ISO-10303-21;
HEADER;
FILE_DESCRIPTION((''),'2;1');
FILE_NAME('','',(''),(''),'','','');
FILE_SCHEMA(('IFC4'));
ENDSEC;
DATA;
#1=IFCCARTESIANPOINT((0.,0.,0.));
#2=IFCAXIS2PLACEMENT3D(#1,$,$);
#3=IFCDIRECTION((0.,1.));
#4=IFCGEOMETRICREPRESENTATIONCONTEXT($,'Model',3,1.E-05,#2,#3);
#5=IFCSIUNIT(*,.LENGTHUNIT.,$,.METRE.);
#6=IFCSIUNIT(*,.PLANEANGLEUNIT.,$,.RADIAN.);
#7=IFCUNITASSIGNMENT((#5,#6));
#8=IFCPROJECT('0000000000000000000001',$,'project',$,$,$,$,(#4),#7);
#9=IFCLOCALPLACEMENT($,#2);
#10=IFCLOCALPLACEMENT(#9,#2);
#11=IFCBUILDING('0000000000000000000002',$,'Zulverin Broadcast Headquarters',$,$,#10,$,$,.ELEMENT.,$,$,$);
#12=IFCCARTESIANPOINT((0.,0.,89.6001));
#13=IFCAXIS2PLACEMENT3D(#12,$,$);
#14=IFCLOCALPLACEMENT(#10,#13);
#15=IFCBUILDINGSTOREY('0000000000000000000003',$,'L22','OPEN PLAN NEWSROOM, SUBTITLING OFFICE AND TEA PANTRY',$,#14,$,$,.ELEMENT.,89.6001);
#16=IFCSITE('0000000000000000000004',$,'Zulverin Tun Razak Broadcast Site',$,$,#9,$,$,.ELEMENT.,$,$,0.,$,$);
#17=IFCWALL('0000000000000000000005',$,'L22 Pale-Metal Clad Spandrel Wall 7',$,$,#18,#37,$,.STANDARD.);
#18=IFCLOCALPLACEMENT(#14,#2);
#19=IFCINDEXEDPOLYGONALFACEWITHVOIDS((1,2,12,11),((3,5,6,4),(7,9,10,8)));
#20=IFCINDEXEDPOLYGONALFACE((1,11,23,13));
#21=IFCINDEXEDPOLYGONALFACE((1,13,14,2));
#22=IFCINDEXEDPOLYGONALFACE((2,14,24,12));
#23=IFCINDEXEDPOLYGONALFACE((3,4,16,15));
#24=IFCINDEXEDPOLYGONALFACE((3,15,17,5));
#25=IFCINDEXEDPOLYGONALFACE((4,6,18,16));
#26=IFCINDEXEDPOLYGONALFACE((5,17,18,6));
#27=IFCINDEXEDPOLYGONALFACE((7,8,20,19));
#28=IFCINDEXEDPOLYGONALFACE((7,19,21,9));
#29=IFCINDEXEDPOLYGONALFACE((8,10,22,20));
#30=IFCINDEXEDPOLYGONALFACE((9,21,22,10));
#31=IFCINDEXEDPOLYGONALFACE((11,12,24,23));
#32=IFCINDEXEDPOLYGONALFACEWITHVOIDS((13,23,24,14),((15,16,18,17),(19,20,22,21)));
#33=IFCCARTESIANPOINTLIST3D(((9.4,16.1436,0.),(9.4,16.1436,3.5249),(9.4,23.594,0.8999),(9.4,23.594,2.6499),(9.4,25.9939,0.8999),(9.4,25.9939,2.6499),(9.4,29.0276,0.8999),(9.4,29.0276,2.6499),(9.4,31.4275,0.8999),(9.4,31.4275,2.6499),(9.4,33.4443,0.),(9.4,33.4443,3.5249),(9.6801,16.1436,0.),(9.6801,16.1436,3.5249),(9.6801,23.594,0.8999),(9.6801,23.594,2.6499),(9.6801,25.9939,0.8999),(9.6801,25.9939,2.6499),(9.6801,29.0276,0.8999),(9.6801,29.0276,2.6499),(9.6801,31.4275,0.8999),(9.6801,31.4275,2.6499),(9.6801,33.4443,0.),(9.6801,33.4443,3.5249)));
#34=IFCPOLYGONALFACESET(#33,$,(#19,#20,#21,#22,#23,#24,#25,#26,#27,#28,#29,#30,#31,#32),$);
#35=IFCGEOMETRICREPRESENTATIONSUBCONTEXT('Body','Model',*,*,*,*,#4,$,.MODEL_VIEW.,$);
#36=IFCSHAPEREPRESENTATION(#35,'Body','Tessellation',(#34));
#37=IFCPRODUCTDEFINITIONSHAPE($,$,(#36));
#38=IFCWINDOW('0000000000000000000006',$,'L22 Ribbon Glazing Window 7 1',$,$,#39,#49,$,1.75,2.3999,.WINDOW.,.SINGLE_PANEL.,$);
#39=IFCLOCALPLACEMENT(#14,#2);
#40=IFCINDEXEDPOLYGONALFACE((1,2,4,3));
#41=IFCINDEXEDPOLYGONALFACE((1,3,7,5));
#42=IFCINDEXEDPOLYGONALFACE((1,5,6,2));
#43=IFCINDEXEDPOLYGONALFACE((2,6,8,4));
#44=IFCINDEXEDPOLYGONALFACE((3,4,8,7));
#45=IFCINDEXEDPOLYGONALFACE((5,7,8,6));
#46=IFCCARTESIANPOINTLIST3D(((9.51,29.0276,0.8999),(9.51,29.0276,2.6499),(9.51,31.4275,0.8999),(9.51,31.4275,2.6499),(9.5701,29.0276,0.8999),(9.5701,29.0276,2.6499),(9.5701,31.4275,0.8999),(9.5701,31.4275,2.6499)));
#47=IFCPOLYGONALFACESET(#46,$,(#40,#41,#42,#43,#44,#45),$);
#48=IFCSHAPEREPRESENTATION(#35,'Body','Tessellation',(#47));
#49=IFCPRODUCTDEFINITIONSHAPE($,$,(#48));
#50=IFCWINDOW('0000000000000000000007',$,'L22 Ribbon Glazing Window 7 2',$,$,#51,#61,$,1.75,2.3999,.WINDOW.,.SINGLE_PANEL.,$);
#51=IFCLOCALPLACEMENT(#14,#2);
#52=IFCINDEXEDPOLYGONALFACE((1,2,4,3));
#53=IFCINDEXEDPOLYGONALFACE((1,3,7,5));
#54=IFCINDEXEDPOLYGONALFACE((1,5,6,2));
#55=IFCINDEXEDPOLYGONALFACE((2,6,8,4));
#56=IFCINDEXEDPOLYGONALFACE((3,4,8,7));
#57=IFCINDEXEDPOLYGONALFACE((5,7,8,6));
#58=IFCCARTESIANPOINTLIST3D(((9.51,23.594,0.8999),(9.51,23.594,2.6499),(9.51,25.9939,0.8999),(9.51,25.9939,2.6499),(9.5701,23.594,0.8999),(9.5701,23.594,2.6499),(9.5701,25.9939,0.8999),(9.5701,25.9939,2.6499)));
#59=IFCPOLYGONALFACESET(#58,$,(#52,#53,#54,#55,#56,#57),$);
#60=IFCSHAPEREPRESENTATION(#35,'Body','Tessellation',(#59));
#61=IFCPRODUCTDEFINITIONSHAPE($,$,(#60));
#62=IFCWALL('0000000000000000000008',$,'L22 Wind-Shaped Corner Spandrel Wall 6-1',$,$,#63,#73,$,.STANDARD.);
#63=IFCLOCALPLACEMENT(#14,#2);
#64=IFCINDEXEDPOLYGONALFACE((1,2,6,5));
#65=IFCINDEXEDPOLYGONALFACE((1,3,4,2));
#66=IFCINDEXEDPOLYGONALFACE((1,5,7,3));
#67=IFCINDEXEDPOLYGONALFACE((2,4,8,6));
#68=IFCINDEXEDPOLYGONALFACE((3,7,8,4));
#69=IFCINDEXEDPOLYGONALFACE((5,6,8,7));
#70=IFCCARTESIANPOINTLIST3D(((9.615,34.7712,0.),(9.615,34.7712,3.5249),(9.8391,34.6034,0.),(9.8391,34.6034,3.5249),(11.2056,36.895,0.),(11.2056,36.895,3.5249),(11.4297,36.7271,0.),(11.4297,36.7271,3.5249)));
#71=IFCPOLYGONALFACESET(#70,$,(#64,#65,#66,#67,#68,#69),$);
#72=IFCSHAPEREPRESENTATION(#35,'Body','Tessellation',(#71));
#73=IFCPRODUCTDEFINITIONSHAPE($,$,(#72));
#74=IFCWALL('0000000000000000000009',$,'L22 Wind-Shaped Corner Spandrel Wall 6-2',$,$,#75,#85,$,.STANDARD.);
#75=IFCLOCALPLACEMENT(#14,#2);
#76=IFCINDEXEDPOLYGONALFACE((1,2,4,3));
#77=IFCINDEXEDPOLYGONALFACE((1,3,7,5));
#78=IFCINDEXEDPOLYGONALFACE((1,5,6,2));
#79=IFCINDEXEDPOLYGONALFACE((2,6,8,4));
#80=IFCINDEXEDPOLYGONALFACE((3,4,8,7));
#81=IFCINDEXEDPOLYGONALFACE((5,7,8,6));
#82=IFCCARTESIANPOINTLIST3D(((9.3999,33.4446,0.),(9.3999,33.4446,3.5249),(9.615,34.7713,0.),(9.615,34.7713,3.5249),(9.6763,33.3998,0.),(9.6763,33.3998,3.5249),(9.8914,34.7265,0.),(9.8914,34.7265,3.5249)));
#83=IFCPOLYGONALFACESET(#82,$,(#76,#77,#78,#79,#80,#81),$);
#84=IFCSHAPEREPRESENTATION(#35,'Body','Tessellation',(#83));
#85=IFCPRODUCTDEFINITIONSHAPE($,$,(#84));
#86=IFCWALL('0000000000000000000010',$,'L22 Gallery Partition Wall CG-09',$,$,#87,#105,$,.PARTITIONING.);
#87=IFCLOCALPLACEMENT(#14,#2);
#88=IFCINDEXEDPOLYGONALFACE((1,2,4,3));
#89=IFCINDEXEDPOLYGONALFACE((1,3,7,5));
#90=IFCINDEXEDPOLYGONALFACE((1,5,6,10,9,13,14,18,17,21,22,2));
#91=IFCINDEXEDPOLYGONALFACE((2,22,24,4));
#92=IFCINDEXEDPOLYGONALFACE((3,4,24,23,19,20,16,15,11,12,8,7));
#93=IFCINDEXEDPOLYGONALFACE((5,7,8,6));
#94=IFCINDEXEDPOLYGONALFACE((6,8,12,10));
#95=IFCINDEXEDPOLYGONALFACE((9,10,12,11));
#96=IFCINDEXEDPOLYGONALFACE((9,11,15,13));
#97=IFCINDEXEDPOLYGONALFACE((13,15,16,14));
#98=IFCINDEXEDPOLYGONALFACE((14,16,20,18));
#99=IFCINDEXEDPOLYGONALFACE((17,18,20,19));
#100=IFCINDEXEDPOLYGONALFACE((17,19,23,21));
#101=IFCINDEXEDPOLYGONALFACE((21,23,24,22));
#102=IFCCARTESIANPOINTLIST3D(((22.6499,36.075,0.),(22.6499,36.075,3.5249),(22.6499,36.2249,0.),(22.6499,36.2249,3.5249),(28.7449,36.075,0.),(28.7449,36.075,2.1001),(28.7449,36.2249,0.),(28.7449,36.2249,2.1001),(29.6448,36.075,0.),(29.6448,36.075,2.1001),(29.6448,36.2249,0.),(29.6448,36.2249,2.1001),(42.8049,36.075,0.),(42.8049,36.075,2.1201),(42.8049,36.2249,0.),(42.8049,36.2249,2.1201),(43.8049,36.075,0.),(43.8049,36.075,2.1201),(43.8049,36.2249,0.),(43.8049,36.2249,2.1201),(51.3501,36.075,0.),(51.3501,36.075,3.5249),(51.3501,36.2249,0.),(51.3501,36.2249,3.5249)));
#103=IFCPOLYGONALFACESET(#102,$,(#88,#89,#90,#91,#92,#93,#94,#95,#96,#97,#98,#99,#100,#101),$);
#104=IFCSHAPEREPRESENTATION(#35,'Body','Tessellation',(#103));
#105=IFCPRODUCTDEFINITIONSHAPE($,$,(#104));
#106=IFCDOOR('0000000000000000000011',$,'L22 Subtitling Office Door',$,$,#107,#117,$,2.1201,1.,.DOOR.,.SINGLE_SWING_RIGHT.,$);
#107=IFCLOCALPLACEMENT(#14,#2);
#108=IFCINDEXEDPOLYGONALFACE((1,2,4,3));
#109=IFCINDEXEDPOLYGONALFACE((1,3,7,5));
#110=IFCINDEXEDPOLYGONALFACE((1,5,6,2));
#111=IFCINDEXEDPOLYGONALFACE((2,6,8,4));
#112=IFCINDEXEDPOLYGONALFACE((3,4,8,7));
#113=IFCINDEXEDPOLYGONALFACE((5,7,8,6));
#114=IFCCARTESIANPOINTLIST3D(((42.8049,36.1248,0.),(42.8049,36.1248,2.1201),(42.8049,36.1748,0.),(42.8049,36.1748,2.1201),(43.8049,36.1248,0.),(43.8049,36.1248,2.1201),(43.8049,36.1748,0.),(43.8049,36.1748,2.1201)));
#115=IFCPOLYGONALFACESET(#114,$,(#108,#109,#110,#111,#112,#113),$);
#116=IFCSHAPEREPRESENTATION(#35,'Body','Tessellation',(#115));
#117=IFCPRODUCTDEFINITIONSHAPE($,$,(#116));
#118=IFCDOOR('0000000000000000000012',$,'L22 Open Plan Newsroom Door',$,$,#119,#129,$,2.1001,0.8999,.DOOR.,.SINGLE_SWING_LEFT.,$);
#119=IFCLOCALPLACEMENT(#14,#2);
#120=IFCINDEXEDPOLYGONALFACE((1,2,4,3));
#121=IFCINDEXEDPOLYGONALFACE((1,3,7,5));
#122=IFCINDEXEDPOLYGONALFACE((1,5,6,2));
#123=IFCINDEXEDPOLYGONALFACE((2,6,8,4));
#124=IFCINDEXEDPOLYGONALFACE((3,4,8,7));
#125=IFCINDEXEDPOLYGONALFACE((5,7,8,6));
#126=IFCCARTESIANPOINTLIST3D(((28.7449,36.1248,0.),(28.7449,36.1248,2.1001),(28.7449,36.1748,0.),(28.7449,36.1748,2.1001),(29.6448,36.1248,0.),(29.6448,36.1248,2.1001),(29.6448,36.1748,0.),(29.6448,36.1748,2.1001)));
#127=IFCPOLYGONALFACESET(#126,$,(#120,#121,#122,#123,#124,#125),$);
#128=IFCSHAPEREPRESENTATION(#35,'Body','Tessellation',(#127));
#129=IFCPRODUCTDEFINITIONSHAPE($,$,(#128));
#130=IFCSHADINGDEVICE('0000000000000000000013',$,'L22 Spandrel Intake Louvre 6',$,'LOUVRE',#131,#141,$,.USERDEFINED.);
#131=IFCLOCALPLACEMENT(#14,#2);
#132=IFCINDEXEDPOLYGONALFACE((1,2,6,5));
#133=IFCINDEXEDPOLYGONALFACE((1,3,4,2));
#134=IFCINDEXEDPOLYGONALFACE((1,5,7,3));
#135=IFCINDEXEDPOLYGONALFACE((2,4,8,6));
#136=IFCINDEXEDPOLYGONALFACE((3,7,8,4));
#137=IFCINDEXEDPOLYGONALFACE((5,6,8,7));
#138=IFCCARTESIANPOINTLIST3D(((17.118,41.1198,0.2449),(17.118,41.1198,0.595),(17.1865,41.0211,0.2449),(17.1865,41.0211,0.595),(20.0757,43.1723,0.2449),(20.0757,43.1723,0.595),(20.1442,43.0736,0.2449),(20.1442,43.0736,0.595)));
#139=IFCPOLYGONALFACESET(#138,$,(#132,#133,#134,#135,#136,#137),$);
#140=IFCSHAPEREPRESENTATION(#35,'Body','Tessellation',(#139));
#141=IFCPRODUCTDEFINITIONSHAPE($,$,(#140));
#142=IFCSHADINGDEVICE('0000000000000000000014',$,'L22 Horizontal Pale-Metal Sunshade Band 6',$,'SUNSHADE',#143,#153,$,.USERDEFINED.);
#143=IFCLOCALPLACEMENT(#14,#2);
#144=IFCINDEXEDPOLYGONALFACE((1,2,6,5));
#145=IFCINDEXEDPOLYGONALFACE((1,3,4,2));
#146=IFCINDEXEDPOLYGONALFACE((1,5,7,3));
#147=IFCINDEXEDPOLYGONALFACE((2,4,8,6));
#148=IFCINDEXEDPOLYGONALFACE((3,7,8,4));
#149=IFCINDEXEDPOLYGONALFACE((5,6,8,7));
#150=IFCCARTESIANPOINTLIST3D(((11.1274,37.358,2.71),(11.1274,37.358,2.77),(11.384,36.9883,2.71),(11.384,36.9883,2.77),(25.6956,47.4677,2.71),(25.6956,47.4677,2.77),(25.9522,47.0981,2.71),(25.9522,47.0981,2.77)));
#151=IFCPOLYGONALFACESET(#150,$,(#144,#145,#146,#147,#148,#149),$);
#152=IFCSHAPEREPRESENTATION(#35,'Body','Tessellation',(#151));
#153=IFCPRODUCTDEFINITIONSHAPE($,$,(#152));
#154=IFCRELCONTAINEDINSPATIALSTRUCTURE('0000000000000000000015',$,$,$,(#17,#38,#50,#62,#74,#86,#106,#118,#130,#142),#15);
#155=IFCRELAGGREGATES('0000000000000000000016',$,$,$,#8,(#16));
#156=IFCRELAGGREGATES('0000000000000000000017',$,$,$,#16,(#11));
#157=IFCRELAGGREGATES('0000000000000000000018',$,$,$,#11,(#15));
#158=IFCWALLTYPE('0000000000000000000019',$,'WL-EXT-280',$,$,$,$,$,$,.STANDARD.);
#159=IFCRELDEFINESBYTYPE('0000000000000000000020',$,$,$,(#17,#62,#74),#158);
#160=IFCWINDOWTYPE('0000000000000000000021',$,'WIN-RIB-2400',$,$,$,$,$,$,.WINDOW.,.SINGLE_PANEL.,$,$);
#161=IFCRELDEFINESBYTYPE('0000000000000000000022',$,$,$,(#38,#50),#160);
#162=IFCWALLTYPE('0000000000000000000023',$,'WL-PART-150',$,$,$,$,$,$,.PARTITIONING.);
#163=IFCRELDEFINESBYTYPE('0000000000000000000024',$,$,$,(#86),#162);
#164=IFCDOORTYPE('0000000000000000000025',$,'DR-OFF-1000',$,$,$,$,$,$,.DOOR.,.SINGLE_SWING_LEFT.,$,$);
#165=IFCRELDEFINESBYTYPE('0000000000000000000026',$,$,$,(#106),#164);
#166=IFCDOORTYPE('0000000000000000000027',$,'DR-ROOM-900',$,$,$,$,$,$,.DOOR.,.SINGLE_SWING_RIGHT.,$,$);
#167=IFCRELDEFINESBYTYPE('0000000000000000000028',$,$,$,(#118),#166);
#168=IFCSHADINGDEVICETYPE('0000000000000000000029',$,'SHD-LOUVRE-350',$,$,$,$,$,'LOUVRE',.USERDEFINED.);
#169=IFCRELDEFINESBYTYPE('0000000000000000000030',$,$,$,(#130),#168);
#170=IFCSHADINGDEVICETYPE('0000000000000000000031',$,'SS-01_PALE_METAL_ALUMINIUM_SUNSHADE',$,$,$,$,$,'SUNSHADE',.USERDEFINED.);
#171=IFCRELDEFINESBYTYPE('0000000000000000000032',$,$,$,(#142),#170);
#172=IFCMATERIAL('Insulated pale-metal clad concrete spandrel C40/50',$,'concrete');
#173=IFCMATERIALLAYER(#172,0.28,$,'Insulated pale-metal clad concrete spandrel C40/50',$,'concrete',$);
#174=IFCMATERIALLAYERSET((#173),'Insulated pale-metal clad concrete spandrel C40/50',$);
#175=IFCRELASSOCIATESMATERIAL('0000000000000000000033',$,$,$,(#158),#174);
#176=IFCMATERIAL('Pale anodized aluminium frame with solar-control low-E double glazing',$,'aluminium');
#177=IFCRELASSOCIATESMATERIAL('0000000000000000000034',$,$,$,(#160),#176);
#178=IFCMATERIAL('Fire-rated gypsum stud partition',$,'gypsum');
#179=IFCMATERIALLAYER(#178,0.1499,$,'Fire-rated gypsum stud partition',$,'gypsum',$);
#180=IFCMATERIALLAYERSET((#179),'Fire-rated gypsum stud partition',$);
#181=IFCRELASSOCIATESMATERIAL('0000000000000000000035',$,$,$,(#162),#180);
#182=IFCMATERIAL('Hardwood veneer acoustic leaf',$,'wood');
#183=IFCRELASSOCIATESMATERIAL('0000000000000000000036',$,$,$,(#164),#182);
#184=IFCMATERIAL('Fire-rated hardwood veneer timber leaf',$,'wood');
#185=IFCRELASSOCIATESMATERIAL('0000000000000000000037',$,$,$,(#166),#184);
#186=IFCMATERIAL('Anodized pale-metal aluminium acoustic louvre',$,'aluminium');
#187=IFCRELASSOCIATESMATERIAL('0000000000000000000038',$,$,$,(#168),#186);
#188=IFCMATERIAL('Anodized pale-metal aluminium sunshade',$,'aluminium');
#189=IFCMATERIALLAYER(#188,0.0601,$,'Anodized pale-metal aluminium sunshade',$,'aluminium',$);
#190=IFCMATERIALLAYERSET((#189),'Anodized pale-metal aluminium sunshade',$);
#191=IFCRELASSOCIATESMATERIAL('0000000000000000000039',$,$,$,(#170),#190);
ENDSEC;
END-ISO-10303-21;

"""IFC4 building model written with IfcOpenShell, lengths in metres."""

from ifc_helpers import new_model, si_unit, direction, frame, frame_2d, origin, origin_2d, place, context, subcontext, project, spatial, rectangle, extrude, material, layer, layer_set, type_object, element, fill, save


model = new_model("IFC4")

# Units and contexts
model_context = context("Model", 3, precision=1e-05, world=origin(), true_north=direction((0.0, 1.0)))
body_context = subcontext(model_context, "Body", "Model", "MODEL_VIEW")
ifc_project = project(units=[si_unit("LENGTHUNIT", "METRE"), si_unit("PLANEANGLEUNIT", "RADIAN")], contexts=[model_context])

# Site, building, storey
site_placement = place(None, origin())
site = spatial("IfcSite", under=ifc_project, at=site_placement, Name="Zulverin Tun Razak Broadcast Site", CompositionType="ELEMENT", RefElevation=0.0)
building_placement = place(site_placement, origin())
building = spatial("IfcBuilding", under=site, at=building_placement, Name="Zulverin Broadcast Headquarters", CompositionType="ELEMENT")
storey_placement = place(building_placement, frame((0.0, 0.0, 89.6001)))
storey = spatial("IfcBuildingStorey", under=building, at=storey_placement, Name="L22", Description="OPEN PLAN NEWSROOM, SUBTITLING OFFICE AND TEA PANTRY", CompositionType="ELEMENT", Elevation=89.6001)

# Wall, openings, windows
ifc_material_1 = material(Name="Insulated pale-metal clad concrete spandrel C40/50", Category="concrete")
ifc_layer_1 = layer(ifc_material_1, 0.28, Name="Insulated pale-metal clad concrete spandrel C40/50", Category="concrete")
ifc_layer_set_1 = layer_set([ifc_layer_1], Name="Insulated pale-metal clad concrete spandrel C40/50")
wall_type_1 = type_object("IfcWallType", Name="WL-EXT-280", PredefinedType="STANDARD", material=ifc_layer_set_1)
wall_1_placement = place(storey_placement, frame((9.54, 33.4443, 0.0), z_axis=(0.0, 0.0, 1.0), x_axis=(0.0, -1.0, 0.0)))
wall_1 = element("IfcWall", 1, at=wall_1_placement, inside=storey, type_object=wall_type_1, Name="L22 Pale-Metal Clad Spandrel Wall 7", PredefinedType="STANDARD", context=body_context, shape_type="SweptSolid", body=[
    extrude(rectangle(XDim=17.3008, YDim=0.28, at=frame_2d((8.6504, 0.0))), origin(), (0.0, 0.0, 1.0), 3.5249),
])
opening_1_placement = place(wall_1_placement, frame((2.0168, 0.0, 0.8999)))
opening_1 = element("IfcOpeningElement", 2, at=opening_1_placement, cuts=wall_1, PredefinedType="OPENING", context=body_context, shape_type="SweptSolid", body=[
    extrude(rectangle(XDim=2.3999, YDim=1.75, at=frame_2d((1.2, 0.875))), frame((0.0, 0.1499, 0.0), z_axis=(0.0, -1.0, 0.0), x_axis=(1.0, 0.0, 0.0)), (0.0, 0.0, 1.0), 0.3),
])
opening_2_placement = place(wall_1_placement, frame((7.4504, 0.0, 0.8999)))
opening_2 = element("IfcOpeningElement", 3, at=opening_2_placement, cuts=wall_1, PredefinedType="OPENING", context=body_context, shape_type="SweptSolid", body=[
    extrude(rectangle(XDim=2.3999, YDim=1.75, at=frame_2d((1.2, 0.875))), frame((0.0, 0.1499, 0.0), z_axis=(0.0, -1.0, 0.0), x_axis=(1.0, 0.0, 0.0)), (0.0, 0.0, 1.0), 0.3),
])
ifc_material_2 = material(Name="Pale anodized aluminium frame with solar-control low-E double glazing", Category="aluminium")
window_type = type_object("IfcWindowType", Name="WIN-RIB-2400", PartitioningType="SINGLE_PANEL", PredefinedType="WINDOW", material=ifc_material_2)
window_1_placement = place(opening_1_placement, origin())
window_1 = element("IfcWindow", 4, at=window_1_placement, inside=storey, type_object=window_type, Name="L22 Ribbon Glazing Window 7 1", OverallHeight=1.75, OverallWidth=2.3999, PartitioningType="SINGLE_PANEL", PredefinedType="WINDOW", context=body_context, shape_type="SweptSolid", body=[
    extrude(rectangle(XDim=2.3999, YDim=1.75, at=frame_2d((1.2, 0.875))), frame((0.0, 0.03, 0.0), z_axis=(0.0, -1.0, 0.0), x_axis=(1.0, 0.0, 0.0)), (0.0, 0.0, 1.0), 0.0601),
])
fill(opening_1, window_1)
window_2_placement = place(opening_2_placement, origin())
window_2 = element("IfcWindow", 5, at=window_2_placement, inside=storey, type_object=window_type, Name="L22 Ribbon Glazing Window 7 2", OverallHeight=1.75, OverallWidth=2.3999, PartitioningType="SINGLE_PANEL", PredefinedType="WINDOW", context=body_context, shape_type="SweptSolid", body=[
    extrude(rectangle(XDim=2.3999, YDim=1.75, at=frame_2d((1.2, 0.875))), frame((0.0, 0.03, 0.0), z_axis=(0.0, -1.0, 0.0), x_axis=(1.0, 0.0, 0.0)), (0.0, 0.0, 1.0), 0.0601),
])
fill(opening_2, window_2)

# Walls
wall_2_placement = place(storey_placement, frame((11.3176, 36.811, 0.0), z_axis=(0.0, 0.0, 1.0), x_axis=(-0.599455, -0.800408, 0.0)))
element("IfcWall", 6, at=wall_2_placement, inside=storey, type_object=wall_type_1, Name="L22 Wind-Shaped Corner Spandrel Wall 6-1", PredefinedType="STANDARD", context=body_context, shape_type="SweptSolid", body=[
    extrude(rectangle(XDim=2.6533, YDim=0.28, at=frame_2d((1.3267, 0.0))), origin(), (0.0, 0.0, 1.0), 3.5249),
])
wall_3_placement = place(storey_placement, frame((9.7532, 34.7488, 0.0), z_axis=(0.0, 0.0, 1.0), x_axis=(-0.160038, -0.987111, 0.0)))
element("IfcWall", 7, at=wall_3_placement, inside=storey, type_object=wall_type_1, Name="L22 Wind-Shaped Corner Spandrel Wall 6-2", PredefinedType="STANDARD", context=body_context, shape_type="SweptSolid", body=[
    extrude(rectangle(XDim=1.344, YDim=0.28, at=frame_2d((0.6719, 0.0))), origin(), (0.0, 0.0, 1.0), 3.5249),
])

# Wall, openings, doors
ifc_material_3 = material(Name="Fire-rated gypsum stud partition", Category="gypsum")
ifc_layer_2 = layer(ifc_material_3, 0.1499, Name="Fire-rated gypsum stud partition", Category="gypsum")
ifc_layer_set_2 = layer_set([ifc_layer_2], Name="Fire-rated gypsum stud partition")
wall_type_2 = type_object("IfcWallType", Name="WL-PART-150", PredefinedType="PARTITIONING", material=ifc_layer_set_2)
wall_4_placement = place(storey_placement, frame((22.6499, 36.1499, 0.0), z_axis=(0.0, 0.0, 1.0), x_axis=(1.0, 0.0, 0.0)))
wall_4 = element("IfcWall", 8, at=wall_4_placement, inside=storey, type_object=wall_type_2, Name="L22 Gallery Partition Wall CG-09", PredefinedType="PARTITIONING", context=body_context, shape_type="SweptSolid", body=[
    extrude(rectangle(XDim=28.7002, YDim=0.1499, at=frame_2d((14.3501, 0.0))), origin(), (0.0, 0.0, 1.0), 3.5249),
])
opening_3_placement = place(wall_4_placement, frame((6.095, 0.0, 0.0)))
opening_3 = element("IfcOpeningElement", 9, at=opening_3_placement, cuts=wall_4, PredefinedType="OPENING", context=body_context, shape_type="SweptSolid", body=[
    extrude(rectangle(XDim=0.8999, YDim=2.1001, at=frame_2d((0.45, 1.05))), frame((0.0, 0.085, 0.0), z_axis=(0.0, -1.0, 0.0), x_axis=(1.0, 0.0, 0.0)), (0.0, 0.0, 1.0), 0.1699),
])
opening_4_placement = place(wall_4_placement, frame((20.155, 0.0, 0.0)))
opening_4 = element("IfcOpeningElement", 10, at=opening_4_placement, cuts=wall_4, PredefinedType="OPENING", context=body_context, shape_type="SweptSolid", body=[
    extrude(rectangle(XDim=1.0, YDim=2.1201, at=frame_2d((0.5, 1.0601))), frame((0.0, 0.085, 0.0), z_axis=(0.0, -1.0, 0.0), x_axis=(1.0, 0.0, 0.0)), (0.0, 0.0, 1.0), 0.1699),
])
ifc_material_4 = material(Name="Hardwood veneer acoustic leaf", Category="wood")
door_type_1 = type_object("IfcDoorType", Name="DR-OFF-1000", OperationType="SINGLE_SWING_LEFT", PredefinedType="DOOR", material=ifc_material_4)
door_1_placement = place(opening_4_placement, origin())
door_1 = element("IfcDoor", 11, at=door_1_placement, inside=storey, type_object=door_type_1, Name="L22 Subtitling Office Door", OperationType="SINGLE_SWING_RIGHT", OverallHeight=2.1201, OverallWidth=1.0, PredefinedType="DOOR", context=body_context, shape_type="SweptSolid", body=[
    extrude(rectangle(XDim=1.0, YDim=2.1201, at=frame_2d((0.5, 1.0601))), frame((0.0, 0.0249, 0.0), z_axis=(0.0, -1.0, 0.0), x_axis=(1.0, 0.0, 0.0)), (0.0, 0.0, 1.0), 0.05),
])
fill(opening_4, door_1)
ifc_material_5 = material(Name="Fire-rated hardwood veneer timber leaf", Category="wood")
door_type_2 = type_object("IfcDoorType", Name="DR-ROOM-900", OperationType="SINGLE_SWING_RIGHT", PredefinedType="DOOR", material=ifc_material_5)
door_2_placement = place(opening_3_placement, origin())
door_2 = element("IfcDoor", 12, at=door_2_placement, inside=storey, type_object=door_type_2, Name="L22 Open Plan Newsroom Door", OperationType="SINGLE_SWING_LEFT", OverallHeight=2.1001, OverallWidth=0.8999, PredefinedType="DOOR", context=body_context, shape_type="SweptSolid", body=[
    extrude(rectangle(XDim=0.8999, YDim=2.1001, at=frame_2d((0.45, 1.05))), frame((0.0, 0.0249, 0.0), z_axis=(0.0, -1.0, 0.0), x_axis=(1.0, 0.0, 0.0)), (0.0, 0.0, 1.0), 0.05),
])
fill(opening_3, door_2)

# Shading devices
ifc_material_6 = material(Name="Anodized pale-metal aluminium acoustic louvre", Category="aluminium")
shading_device_type_1 = type_object("IfcShadingDeviceType", Name="SHD-LOUVRE-350", ElementType="LOUVRE", PredefinedType="USERDEFINED", material=ifc_material_6)
shading_device_1_placement = place(storey_placement, frame((18.6311, 42.0967, 0.2449), z_axis=(0.0, 0.0, 1.0), x_axis=(-0.821556, -0.570127, 0.0)))
element("IfcShadingDevice", 13, at=shading_device_1_placement, inside=storey, type_object=shading_device_type_1, Name="L22 Spandrel Intake Louvre 6", ObjectType="LOUVRE", PredefinedType="USERDEFINED", context=body_context, shape_type="SweptSolid", body=[
    extrude(rectangle(XDim=3.6001, YDim=0.1201, at=origin_2d()), origin(), (0.0, 0.0, 1.0), 0.3501),
])
ifc_material_7 = material(Name="Anodized pale-metal aluminium sunshade", Category="aluminium")
ifc_layer_3 = layer(ifc_material_7, 0.0601, Name="Anodized pale-metal aluminium sunshade", Category="aluminium")
ifc_layer_set_3 = layer_set([ifc_layer_3], Name="Anodized pale-metal aluminium sunshade")
shading_device_type_2 = type_object("IfcShadingDeviceType", Name="SS-01_PALE_METAL_ALUMINIUM_SUNSHADE", ElementType="SUNSHADE", PredefinedType="USERDEFINED", material=ifc_layer_set_3)
shading_device_2_placement = place(storey_placement, frame((18.5398, 42.228, 2.71), z_axis=(0.0, 0.0, 1.0), x_axis=(-0.821556, -0.570127, 0.0)))
element("IfcShadingDevice", 14, at=shading_device_2_placement, inside=storey, type_object=shading_device_type_2, Name="L22 Horizontal Pale-Metal Sunshade Band 6", ObjectType="SUNSHADE", PredefinedType="USERDEFINED", context=body_context, shape_type="SweptSolid", body=[
    extrude(rectangle(XDim=17.7324, YDim=0.45, at=origin_2d()), origin(), (0.0, 0.0, 1.0), 0.0601),
])

save(model, "model.ifc")
